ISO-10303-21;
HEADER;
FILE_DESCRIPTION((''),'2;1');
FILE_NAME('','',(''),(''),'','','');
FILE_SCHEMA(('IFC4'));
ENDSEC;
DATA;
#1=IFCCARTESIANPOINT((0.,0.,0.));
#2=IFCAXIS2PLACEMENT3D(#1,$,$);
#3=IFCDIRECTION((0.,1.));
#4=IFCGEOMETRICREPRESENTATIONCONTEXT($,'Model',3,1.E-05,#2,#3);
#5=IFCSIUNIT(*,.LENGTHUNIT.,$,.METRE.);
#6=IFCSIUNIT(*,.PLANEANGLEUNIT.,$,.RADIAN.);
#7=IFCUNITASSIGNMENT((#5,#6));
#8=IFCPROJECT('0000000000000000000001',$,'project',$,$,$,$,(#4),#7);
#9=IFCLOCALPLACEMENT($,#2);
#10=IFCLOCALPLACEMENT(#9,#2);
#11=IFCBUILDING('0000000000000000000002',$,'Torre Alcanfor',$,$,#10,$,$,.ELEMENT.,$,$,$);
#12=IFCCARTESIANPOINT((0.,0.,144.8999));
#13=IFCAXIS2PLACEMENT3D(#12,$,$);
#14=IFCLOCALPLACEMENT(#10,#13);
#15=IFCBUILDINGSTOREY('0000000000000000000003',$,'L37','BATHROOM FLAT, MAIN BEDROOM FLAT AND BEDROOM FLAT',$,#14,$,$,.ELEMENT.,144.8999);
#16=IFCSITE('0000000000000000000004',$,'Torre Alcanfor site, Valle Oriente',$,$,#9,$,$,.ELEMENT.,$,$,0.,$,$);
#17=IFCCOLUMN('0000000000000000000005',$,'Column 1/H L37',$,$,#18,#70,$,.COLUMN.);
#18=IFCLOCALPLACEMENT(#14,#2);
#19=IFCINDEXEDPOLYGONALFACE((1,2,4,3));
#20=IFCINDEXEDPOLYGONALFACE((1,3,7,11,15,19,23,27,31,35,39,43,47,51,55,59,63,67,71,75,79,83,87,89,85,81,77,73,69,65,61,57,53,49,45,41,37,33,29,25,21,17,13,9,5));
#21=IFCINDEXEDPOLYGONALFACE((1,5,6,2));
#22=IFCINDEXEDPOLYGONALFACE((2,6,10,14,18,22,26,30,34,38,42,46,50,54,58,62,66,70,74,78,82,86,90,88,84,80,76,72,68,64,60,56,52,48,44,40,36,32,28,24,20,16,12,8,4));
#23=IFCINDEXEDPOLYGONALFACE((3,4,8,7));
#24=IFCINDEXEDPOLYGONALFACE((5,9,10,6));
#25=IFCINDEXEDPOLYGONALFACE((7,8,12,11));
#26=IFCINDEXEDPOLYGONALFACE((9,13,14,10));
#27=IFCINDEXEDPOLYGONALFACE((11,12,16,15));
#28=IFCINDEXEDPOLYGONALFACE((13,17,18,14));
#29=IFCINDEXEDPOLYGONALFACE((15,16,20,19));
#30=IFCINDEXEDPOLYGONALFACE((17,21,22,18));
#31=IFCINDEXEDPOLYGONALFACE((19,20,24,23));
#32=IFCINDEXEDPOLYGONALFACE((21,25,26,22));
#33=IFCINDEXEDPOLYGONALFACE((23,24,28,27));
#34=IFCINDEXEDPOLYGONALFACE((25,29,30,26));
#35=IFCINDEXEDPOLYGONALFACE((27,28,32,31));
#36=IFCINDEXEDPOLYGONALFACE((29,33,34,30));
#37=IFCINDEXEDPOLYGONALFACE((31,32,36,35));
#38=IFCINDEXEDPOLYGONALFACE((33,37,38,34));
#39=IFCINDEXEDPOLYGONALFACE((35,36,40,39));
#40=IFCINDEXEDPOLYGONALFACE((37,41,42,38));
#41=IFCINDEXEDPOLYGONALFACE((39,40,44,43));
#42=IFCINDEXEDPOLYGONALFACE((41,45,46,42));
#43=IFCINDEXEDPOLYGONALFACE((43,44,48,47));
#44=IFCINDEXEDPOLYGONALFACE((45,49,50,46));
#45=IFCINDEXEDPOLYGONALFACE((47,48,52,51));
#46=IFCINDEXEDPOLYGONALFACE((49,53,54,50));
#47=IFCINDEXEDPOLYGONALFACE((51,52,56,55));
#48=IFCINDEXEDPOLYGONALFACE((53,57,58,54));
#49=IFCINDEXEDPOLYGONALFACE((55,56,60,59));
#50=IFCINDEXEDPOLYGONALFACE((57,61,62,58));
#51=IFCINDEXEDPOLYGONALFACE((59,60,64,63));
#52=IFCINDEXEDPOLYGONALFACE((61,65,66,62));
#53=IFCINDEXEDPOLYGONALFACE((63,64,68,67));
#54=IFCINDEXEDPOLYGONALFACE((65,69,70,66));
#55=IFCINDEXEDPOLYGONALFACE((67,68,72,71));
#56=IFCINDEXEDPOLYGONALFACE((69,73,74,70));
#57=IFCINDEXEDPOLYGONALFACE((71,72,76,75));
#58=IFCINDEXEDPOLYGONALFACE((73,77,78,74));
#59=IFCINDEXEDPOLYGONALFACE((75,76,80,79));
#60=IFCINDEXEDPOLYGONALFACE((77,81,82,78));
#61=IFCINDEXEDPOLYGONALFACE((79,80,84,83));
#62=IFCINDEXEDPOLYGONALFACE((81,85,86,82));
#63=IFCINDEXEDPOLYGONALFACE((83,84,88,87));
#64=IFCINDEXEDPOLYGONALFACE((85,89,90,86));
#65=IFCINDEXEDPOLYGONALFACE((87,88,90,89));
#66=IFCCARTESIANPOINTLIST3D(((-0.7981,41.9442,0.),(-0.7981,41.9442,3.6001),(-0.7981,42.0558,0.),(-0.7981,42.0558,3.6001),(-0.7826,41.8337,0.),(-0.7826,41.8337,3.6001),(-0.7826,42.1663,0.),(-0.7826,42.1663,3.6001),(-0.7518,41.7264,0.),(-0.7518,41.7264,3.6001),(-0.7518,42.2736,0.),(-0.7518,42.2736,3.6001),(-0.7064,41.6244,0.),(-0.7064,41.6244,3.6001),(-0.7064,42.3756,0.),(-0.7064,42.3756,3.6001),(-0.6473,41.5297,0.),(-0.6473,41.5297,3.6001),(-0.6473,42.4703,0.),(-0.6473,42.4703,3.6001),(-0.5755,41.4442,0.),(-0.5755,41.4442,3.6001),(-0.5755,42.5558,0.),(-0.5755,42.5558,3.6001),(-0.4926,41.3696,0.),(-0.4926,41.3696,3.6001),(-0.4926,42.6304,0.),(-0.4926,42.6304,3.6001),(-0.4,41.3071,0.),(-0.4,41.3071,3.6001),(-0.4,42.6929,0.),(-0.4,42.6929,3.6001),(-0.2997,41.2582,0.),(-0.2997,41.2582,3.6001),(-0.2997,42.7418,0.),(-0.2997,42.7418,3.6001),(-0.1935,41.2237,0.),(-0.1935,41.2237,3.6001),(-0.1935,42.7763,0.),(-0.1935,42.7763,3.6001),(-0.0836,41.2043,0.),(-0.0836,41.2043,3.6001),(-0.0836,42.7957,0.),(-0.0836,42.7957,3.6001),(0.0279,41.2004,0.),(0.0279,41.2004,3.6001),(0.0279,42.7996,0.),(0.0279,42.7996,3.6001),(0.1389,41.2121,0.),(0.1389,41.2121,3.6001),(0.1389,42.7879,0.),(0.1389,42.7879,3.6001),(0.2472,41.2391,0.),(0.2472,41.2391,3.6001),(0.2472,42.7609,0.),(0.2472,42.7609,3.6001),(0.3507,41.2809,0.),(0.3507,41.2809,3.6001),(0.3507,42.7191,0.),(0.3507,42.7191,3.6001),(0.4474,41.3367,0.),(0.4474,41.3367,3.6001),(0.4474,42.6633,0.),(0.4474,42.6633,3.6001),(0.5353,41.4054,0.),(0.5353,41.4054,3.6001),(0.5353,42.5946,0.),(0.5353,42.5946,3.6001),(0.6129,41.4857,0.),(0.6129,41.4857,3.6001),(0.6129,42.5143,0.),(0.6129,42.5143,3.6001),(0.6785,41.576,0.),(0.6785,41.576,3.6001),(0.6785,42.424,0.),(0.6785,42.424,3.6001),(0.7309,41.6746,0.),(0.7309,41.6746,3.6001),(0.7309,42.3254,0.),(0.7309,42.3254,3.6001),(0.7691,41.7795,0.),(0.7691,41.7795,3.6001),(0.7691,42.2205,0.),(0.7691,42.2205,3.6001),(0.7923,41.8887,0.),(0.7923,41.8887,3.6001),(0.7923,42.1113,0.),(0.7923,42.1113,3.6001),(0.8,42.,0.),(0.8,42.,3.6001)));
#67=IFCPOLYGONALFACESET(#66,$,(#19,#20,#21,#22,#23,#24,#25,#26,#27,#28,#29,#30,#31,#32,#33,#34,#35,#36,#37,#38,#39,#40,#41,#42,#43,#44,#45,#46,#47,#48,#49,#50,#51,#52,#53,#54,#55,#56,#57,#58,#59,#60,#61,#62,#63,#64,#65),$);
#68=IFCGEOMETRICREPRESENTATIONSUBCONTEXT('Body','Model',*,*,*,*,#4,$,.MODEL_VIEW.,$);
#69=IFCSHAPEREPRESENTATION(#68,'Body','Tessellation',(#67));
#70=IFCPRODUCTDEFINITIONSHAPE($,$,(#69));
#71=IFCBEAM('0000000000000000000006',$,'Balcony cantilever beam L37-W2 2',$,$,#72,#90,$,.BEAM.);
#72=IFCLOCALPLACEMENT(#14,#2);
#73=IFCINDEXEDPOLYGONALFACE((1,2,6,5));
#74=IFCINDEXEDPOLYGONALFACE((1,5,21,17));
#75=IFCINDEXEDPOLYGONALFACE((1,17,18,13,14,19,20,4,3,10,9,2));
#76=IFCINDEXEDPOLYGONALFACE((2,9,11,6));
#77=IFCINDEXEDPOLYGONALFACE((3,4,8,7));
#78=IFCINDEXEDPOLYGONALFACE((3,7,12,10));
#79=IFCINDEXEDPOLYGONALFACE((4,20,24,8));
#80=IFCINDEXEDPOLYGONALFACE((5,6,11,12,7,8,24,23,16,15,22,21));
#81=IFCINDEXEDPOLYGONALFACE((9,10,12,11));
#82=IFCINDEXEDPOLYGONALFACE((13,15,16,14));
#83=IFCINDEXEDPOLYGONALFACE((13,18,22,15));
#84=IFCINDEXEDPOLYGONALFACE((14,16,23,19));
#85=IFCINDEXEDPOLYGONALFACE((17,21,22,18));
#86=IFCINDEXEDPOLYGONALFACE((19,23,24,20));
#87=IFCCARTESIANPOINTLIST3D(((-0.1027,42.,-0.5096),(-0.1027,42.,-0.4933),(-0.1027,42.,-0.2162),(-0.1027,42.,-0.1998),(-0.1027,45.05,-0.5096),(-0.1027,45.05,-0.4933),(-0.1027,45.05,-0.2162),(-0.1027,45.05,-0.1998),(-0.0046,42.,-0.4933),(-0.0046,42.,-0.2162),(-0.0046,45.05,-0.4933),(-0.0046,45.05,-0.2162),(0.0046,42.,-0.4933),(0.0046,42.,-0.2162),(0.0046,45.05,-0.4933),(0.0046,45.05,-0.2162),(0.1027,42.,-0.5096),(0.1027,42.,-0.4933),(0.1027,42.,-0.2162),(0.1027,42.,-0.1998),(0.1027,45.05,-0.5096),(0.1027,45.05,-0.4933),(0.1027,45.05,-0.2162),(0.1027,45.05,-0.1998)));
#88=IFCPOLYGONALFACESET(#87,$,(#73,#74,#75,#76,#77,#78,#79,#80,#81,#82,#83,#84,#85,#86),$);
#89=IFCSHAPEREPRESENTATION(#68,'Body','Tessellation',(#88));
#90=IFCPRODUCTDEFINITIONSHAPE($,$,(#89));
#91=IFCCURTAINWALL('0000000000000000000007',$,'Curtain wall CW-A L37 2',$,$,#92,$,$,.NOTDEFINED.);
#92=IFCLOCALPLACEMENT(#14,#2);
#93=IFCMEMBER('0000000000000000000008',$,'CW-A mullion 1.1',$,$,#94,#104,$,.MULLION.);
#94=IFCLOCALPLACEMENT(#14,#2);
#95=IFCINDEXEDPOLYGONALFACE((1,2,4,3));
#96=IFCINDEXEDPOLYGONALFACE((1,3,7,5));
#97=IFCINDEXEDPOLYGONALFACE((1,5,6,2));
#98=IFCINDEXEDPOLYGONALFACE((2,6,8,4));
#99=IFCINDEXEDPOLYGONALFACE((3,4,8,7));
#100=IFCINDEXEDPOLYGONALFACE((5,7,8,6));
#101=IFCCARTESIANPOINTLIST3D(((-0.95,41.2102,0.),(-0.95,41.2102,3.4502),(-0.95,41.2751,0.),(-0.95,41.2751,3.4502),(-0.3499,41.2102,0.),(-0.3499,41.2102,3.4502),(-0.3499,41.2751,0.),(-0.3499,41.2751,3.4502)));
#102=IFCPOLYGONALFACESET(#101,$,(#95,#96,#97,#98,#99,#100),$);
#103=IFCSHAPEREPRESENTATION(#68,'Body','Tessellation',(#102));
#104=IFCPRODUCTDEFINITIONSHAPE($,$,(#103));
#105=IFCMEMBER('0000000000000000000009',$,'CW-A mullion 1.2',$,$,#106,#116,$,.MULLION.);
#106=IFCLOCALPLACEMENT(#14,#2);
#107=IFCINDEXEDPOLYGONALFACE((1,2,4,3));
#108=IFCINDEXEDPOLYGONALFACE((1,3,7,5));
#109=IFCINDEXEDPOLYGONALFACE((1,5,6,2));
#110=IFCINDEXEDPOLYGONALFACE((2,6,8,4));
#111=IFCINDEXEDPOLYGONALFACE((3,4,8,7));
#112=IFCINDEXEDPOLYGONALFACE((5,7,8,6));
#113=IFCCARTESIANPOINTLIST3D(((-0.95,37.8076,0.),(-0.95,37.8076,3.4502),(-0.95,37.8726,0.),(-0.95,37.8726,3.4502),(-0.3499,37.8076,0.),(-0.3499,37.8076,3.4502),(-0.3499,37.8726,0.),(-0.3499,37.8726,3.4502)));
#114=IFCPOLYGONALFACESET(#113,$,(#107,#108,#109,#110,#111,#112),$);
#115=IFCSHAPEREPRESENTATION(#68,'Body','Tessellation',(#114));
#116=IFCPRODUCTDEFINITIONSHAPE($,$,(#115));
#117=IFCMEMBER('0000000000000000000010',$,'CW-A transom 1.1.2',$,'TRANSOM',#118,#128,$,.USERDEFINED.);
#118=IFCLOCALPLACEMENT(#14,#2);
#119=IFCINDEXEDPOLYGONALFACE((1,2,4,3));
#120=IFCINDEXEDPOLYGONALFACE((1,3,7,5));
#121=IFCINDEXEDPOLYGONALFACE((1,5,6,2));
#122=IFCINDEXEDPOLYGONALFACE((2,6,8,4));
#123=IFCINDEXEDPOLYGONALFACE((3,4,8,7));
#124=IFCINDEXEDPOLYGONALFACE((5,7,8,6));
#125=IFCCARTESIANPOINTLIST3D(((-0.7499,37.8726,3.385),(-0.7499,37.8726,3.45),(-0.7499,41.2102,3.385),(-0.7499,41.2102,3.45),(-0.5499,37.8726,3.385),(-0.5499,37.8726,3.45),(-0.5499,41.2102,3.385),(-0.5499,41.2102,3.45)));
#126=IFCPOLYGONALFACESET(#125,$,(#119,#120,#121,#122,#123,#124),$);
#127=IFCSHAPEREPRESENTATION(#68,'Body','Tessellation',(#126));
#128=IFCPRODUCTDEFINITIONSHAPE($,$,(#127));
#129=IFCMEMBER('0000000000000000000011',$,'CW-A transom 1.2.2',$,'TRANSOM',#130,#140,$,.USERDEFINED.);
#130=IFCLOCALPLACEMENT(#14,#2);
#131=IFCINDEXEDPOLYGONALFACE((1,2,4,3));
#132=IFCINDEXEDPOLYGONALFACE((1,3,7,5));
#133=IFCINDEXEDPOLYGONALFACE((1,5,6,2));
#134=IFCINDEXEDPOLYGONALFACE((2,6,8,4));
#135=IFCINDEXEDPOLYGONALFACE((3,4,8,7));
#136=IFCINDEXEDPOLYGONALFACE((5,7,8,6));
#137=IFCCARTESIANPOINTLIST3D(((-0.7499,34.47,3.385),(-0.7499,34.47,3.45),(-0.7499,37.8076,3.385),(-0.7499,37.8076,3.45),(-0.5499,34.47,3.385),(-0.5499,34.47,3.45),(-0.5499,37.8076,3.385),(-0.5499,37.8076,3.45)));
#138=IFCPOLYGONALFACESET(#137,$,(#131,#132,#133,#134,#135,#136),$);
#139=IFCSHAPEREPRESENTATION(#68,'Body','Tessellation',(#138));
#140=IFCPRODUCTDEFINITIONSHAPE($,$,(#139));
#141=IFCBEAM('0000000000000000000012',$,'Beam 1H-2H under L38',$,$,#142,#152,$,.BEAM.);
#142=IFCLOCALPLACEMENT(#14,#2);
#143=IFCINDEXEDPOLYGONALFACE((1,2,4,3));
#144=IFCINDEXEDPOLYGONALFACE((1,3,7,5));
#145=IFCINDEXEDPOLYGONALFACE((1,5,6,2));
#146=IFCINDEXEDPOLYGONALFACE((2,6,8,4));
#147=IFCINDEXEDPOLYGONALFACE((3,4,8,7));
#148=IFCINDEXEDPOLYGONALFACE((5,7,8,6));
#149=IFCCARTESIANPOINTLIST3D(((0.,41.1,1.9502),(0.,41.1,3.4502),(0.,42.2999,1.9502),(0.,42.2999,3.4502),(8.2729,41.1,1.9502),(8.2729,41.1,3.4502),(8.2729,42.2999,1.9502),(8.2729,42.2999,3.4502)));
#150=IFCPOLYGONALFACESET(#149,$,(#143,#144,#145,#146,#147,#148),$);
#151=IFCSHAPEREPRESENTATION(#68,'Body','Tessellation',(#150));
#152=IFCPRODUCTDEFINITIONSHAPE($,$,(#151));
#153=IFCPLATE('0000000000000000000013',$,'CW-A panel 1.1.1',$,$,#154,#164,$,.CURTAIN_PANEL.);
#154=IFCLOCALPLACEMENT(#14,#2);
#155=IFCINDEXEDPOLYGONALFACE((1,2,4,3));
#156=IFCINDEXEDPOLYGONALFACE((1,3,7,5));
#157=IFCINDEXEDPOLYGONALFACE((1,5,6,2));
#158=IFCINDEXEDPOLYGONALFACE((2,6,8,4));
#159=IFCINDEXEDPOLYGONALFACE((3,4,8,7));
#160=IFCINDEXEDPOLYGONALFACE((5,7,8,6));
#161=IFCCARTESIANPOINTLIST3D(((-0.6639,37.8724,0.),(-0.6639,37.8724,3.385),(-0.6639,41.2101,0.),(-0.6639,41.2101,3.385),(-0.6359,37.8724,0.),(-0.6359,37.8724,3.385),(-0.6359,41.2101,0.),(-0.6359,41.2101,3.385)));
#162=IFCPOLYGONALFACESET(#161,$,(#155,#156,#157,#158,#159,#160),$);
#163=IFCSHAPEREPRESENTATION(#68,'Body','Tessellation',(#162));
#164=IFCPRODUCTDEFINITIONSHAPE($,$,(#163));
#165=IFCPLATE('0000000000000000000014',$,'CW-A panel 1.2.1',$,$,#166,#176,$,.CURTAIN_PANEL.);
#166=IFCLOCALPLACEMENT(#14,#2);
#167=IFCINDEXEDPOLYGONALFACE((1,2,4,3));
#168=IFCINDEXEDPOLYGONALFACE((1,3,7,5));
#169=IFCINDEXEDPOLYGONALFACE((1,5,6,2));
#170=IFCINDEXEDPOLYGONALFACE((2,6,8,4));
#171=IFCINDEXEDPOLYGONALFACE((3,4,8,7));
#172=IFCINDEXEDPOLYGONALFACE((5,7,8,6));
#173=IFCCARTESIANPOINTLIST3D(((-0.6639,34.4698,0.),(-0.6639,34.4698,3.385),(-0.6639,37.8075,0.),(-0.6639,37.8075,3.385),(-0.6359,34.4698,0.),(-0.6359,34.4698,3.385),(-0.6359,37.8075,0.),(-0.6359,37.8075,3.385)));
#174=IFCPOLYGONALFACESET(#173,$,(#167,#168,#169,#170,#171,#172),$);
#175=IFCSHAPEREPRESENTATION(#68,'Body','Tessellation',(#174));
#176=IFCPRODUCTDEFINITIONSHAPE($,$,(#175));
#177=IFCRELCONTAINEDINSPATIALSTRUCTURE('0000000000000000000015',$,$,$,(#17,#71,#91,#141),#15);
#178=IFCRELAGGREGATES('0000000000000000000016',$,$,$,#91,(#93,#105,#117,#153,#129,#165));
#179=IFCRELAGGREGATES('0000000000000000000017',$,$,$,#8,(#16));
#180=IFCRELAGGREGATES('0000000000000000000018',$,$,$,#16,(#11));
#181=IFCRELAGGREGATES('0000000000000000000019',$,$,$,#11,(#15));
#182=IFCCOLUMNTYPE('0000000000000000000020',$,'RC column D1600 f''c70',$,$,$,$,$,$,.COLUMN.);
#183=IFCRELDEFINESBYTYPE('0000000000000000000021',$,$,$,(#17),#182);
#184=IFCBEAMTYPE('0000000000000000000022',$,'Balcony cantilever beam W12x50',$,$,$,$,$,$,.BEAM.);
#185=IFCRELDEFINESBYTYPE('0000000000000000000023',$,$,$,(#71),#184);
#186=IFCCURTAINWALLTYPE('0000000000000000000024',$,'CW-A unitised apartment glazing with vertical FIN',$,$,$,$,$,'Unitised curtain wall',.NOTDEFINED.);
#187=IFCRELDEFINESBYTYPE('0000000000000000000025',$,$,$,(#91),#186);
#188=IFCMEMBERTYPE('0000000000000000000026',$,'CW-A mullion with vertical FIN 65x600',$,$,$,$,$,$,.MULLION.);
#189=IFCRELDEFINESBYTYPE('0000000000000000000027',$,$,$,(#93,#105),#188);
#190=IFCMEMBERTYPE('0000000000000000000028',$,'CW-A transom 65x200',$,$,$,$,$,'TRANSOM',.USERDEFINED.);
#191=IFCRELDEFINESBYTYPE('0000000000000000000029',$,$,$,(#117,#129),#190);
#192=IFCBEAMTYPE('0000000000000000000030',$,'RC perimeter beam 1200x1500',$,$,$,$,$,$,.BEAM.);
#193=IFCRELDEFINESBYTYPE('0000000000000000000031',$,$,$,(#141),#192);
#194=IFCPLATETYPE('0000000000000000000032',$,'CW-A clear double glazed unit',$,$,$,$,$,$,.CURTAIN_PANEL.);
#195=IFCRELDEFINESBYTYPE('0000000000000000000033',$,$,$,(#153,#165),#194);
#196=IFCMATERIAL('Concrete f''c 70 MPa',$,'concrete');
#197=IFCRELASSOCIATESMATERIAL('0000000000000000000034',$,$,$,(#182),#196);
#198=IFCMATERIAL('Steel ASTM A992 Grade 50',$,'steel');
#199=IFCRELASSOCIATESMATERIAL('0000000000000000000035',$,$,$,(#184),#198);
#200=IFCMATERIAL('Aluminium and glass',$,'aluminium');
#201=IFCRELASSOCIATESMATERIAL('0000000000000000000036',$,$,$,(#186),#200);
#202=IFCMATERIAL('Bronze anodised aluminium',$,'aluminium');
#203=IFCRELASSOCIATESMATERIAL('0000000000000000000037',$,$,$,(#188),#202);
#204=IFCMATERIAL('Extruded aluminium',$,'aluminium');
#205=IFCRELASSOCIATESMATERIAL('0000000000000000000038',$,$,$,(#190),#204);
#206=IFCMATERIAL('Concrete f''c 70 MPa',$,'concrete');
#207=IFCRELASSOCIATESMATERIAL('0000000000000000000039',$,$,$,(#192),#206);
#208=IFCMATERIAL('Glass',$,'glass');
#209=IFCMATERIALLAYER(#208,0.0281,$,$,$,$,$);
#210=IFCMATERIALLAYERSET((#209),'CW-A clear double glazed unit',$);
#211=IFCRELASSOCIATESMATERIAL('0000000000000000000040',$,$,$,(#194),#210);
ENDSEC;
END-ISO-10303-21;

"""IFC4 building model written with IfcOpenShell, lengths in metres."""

from ifc_helpers import new_model, si_unit, direction, frame, origin, origin_2d, place, context, subcontext, project, spatial, rectangle, circle, i_section, extrude, material, layer, layer_set, material_profile, profile_set, type_object, element, aggregate, save


model = new_model("IFC4")

# Units and contexts
model_context = context("Model", 3, precision=1e-05, world=origin(), true_north=direction((0.0, 1.0)))
body_context = subcontext(model_context, "Body", "Model", "MODEL_VIEW")
ifc_project = project(units=[si_unit("LENGTHUNIT", "METRE"), si_unit("PLANEANGLEUNIT", "RADIAN")], contexts=[model_context])

# Site, building, storey
site_placement = place(None, origin())
site = spatial("IfcSite", under=ifc_project, at=site_placement, Name="Torre Alcanfor site, Valle Oriente", CompositionType="ELEMENT", RefElevation=0.0)
building_placement = place(site_placement, origin())
building = spatial("IfcBuilding", under=site, at=building_placement, Name="Torre Alcanfor", CompositionType="ELEMENT")
storey_placement = place(building_placement, frame((0.0, 0.0, 144.8999)))
storey = spatial("IfcBuildingStorey", under=building, at=storey_placement, Name="L37", Description="BATHROOM FLAT, MAIN BEDROOM FLAT AND BEDROOM FLAT", CompositionType="ELEMENT", Elevation=144.8999)

# Column
ifc_material_1 = material(Name="Concrete f'c 70 MPa", Category="concrete")
ifc_material_profile_1 = material_profile(ifc_material_1, circle(Radius=0.8, at=origin_2d()), Name="D1600")
ifc_profile_set_1 = profile_set([ifc_material_profile_1], Name="Concrete f'c 70 MPa")
column_type = type_object("IfcColumnType", Name="RC column D1600 f'c70", PredefinedType="COLUMN", material=ifc_profile_set_1)
column_placement = place(storey_placement, frame((0.0, 42.0, 0.0), z_axis=(0.0, 0.0, 1.0), x_axis=(1.0, 0.0, 0.0)))
element("IfcColumn", 1, at=column_placement, inside=storey, type_object=column_type, Name="Column 1/H L37", PredefinedType="COLUMN", context=body_context, shape_type="SweptSolid", body=[
    extrude(circle(Radius=0.8, at=origin_2d()), origin(), (0.0, 0.0, 1.0), 3.6001),
])

# Beam
ifc_material_2 = material(Name="Steel ASTM A992 Grade 50", Category="steel")
ifc_material_profile_2 = material_profile(ifc_material_2, i_section(OverallWidth=0.2053, OverallDepth=0.3098, WebThickness=0.0093, FlangeThickness=0.0164, at=origin_2d()), Name="W12x50")
ifc_profile_set_2 = profile_set([ifc_material_profile_2], Name="Steel ASTM A992 Grade 50")
beam_type_1 = type_object("IfcBeamType", Name="Balcony cantilever beam W12x50", PredefinedType="BEAM", material=ifc_profile_set_2)
beam_1_placement = place(storey_placement, frame((0.0, 42.0, -0.3547), z_axis=(0.0, 1.0, 0.0), x_axis=(-1.0, 0.0, 0.0)))
element("IfcBeam", 2, at=beam_1_placement, inside=storey, type_object=beam_type_1, Name="Balcony cantilever beam L37-W2 2", PredefinedType="BEAM", context=body_context, shape_type="SweptSolid", body=[
    extrude(i_section(OverallWidth=0.2053, OverallDepth=0.3098, WebThickness=0.0093, FlangeThickness=0.0164, at=origin_2d()), origin(), (0.0, 0.0, 1.0), 3.05),
])

# Curtain wall, members
ifc_material_3 = material(Name="Aluminium and glass", Category="aluminium")
curtain_wall_type = type_object("IfcCurtainWallType", Name="CW-A unitised apartment glazing with vertical FIN", ElementType="Unitised curtain wall", PredefinedType="NOTDEFINED", material=ifc_material_3)
curtain_wall_placement = place(storey_placement, origin())
curtain_wall = element("IfcCurtainWall", 3, at=curtain_wall_placement, inside=storey, type_object=curtain_wall_type, Name="Curtain wall CW-A L37 2", PredefinedType="NOTDEFINED")
ifc_material_4 = material(Name="Bronze anodised aluminium", Category="aluminium")
ifc_material_profile_3 = material_profile(ifc_material_4, rectangle(XDim=0.6001, YDim=0.0649, at=origin_2d()), Name="CW-A mullion 65x600")
ifc_profile_set_3 = profile_set([ifc_material_profile_3], Name="Bronze anodised aluminium")
member_type_1 = type_object("IfcMemberType", Name="CW-A mullion with vertical FIN 65x600", PredefinedType="MULLION", material=ifc_profile_set_3)
member_1_placement = place(storey_placement, frame((-0.6499, 41.2427, 0.0), z_axis=(0.0, 0.0, 1.0), x_axis=(1.0, 0.0, 0.0)))
member_1 = element("IfcMember", 4, at=member_1_placement, type_object=member_type_1, Name="CW-A mullion 1.1", PredefinedType="MULLION", context=body_context, shape_type="SweptSolid", body=[
    extrude(rectangle(XDim=0.6001, YDim=0.0649, at=origin_2d()), origin(), (0.0, 0.0, 1.0), 3.4502),
])
member_2_placement = place(storey_placement, frame((-0.6499, 37.8401, 0.0), z_axis=(0.0, 0.0, 1.0), x_axis=(1.0, 0.0, 0.0)))
member_2 = element("IfcMember", 5, at=member_2_placement, type_object=member_type_1, Name="CW-A mullion 1.2", PredefinedType="MULLION", context=body_context, shape_type="SweptSolid", body=[
    extrude(rectangle(XDim=0.6001, YDim=0.0649, at=origin_2d()), origin(), (0.0, 0.0, 1.0), 3.4502),
])
ifc_material_5 = material(Name="Extruded aluminium", Category="aluminium")
ifc_material_profile_4 = material_profile(ifc_material_5, rectangle(XDim=0.2, YDim=0.0649, at=origin_2d()), Name="CW-A transom 200x65")
ifc_profile_set_4 = profile_set([ifc_material_profile_4], Name="Extruded aluminium")
member_type_2 = type_object("IfcMemberType", Name="CW-A transom 65x200", ElementType="TRANSOM", PredefinedType="USERDEFINED", material=ifc_profile_set_4)
member_3_placement = place(storey_placement, frame((-0.6499, 41.2102, 3.4175), z_axis=(0.0, -1.0, 0.0), x_axis=(1.0, 0.0, 0.0)))
member_3 = element("IfcMember", 6, at=member_3_placement, type_object=member_type_2, Name="CW-A transom 1.1.2", ObjectType="TRANSOM", PredefinedType="USERDEFINED", context=body_context, shape_type="SweptSolid", body=[
    extrude(rectangle(XDim=0.2, YDim=0.0649, at=origin_2d()), origin(), (0.0, 0.0, 1.0), 3.3376),
])
member_4_placement = place(storey_placement, frame((-0.6499, 37.8076, 3.4175), z_axis=(0.0, -1.0, 0.0), x_axis=(1.0, 0.0, 0.0)))
member_4 = element("IfcMember", 7, at=member_4_placement, type_object=member_type_2, Name="CW-A transom 1.2.2", ObjectType="TRANSOM", PredefinedType="USERDEFINED", context=body_context, shape_type="SweptSolid", body=[
    extrude(rectangle(XDim=0.2, YDim=0.0649, at=origin_2d()), origin(), (0.0, 0.0, 1.0), 3.3376),
])

# Beam
ifc_material_6 = material(Name="Concrete f'c 70 MPa", Category="concrete")
ifc_material_profile_5 = material_profile(ifc_material_6, rectangle(XDim=1.2, YDim=1.5, at=origin_2d()), Name="1200x1500")
ifc_profile_set_5 = profile_set([ifc_material_profile_5], Name="Concrete f'c 70 MPa")
beam_type_2 = type_object("IfcBeamType", Name="RC perimeter beam 1200x1500", PredefinedType="BEAM", material=ifc_profile_set_5)
beam_2_placement = place(storey_placement, frame((0.0, 41.7, 2.7002), z_axis=(1.0, 0.0, 0.0), x_axis=(0.0, 1.0, 0.0)))
element("IfcBeam", 8, at=beam_2_placement, inside=storey, type_object=beam_type_2, Name="Beam 1H-2H under L38", PredefinedType="BEAM", context=body_context, shape_type="SweptSolid", body=[
    extrude(rectangle(XDim=1.2, YDim=1.5, at=origin_2d()), origin(), (0.0, 0.0, 1.0), 8.2729),
])

# Plates
ifc_material_7 = material(Name="Glass", Category="glass")
ifc_layer_1 = layer(ifc_material_7, 0.0281)
ifc_layer_set_1 = layer_set([ifc_layer_1], Name="CW-A clear double glazed unit")
plate_type = type_object("IfcPlateType", Name="CW-A clear double glazed unit", PredefinedType="CURTAIN_PANEL", material=ifc_layer_set_1)
plate_1_placement = place(storey_placement, frame((-0.6499, 39.5413, 0.0), z_axis=(0.0, 0.0, 1.0), x_axis=(0.0, -1.0, 0.0)))
plate_1 = element("IfcPlate", 9, at=plate_1_placement, type_object=plate_type, Name="CW-A panel 1.1.1", PredefinedType="CURTAIN_PANEL", context=body_context, shape_type="SweptSolid", body=[
    extrude(rectangle(XDim=3.3376, YDim=0.0281, at=origin_2d()), origin(), (0.0, 0.0, 1.0), 3.385),
])
plate_2_placement = place(storey_placement, frame((-0.6499, 36.1387, 0.0), z_axis=(0.0, 0.0, 1.0), x_axis=(0.0, -1.0, 0.0)))
plate_2 = element("IfcPlate", 10, at=plate_2_placement, type_object=plate_type, Name="CW-A panel 1.2.1", PredefinedType="CURTAIN_PANEL", context=body_context, shape_type="SweptSolid", body=[
    extrude(rectangle(XDim=3.3376, YDim=0.0281, at=origin_2d()), origin(), (0.0, 0.0, 1.0), 3.385),
])
aggregate(curtain_wall, [member_1, member_2, member_3, plate_1, member_4, plate_2])

save(model, "model.ifc")
